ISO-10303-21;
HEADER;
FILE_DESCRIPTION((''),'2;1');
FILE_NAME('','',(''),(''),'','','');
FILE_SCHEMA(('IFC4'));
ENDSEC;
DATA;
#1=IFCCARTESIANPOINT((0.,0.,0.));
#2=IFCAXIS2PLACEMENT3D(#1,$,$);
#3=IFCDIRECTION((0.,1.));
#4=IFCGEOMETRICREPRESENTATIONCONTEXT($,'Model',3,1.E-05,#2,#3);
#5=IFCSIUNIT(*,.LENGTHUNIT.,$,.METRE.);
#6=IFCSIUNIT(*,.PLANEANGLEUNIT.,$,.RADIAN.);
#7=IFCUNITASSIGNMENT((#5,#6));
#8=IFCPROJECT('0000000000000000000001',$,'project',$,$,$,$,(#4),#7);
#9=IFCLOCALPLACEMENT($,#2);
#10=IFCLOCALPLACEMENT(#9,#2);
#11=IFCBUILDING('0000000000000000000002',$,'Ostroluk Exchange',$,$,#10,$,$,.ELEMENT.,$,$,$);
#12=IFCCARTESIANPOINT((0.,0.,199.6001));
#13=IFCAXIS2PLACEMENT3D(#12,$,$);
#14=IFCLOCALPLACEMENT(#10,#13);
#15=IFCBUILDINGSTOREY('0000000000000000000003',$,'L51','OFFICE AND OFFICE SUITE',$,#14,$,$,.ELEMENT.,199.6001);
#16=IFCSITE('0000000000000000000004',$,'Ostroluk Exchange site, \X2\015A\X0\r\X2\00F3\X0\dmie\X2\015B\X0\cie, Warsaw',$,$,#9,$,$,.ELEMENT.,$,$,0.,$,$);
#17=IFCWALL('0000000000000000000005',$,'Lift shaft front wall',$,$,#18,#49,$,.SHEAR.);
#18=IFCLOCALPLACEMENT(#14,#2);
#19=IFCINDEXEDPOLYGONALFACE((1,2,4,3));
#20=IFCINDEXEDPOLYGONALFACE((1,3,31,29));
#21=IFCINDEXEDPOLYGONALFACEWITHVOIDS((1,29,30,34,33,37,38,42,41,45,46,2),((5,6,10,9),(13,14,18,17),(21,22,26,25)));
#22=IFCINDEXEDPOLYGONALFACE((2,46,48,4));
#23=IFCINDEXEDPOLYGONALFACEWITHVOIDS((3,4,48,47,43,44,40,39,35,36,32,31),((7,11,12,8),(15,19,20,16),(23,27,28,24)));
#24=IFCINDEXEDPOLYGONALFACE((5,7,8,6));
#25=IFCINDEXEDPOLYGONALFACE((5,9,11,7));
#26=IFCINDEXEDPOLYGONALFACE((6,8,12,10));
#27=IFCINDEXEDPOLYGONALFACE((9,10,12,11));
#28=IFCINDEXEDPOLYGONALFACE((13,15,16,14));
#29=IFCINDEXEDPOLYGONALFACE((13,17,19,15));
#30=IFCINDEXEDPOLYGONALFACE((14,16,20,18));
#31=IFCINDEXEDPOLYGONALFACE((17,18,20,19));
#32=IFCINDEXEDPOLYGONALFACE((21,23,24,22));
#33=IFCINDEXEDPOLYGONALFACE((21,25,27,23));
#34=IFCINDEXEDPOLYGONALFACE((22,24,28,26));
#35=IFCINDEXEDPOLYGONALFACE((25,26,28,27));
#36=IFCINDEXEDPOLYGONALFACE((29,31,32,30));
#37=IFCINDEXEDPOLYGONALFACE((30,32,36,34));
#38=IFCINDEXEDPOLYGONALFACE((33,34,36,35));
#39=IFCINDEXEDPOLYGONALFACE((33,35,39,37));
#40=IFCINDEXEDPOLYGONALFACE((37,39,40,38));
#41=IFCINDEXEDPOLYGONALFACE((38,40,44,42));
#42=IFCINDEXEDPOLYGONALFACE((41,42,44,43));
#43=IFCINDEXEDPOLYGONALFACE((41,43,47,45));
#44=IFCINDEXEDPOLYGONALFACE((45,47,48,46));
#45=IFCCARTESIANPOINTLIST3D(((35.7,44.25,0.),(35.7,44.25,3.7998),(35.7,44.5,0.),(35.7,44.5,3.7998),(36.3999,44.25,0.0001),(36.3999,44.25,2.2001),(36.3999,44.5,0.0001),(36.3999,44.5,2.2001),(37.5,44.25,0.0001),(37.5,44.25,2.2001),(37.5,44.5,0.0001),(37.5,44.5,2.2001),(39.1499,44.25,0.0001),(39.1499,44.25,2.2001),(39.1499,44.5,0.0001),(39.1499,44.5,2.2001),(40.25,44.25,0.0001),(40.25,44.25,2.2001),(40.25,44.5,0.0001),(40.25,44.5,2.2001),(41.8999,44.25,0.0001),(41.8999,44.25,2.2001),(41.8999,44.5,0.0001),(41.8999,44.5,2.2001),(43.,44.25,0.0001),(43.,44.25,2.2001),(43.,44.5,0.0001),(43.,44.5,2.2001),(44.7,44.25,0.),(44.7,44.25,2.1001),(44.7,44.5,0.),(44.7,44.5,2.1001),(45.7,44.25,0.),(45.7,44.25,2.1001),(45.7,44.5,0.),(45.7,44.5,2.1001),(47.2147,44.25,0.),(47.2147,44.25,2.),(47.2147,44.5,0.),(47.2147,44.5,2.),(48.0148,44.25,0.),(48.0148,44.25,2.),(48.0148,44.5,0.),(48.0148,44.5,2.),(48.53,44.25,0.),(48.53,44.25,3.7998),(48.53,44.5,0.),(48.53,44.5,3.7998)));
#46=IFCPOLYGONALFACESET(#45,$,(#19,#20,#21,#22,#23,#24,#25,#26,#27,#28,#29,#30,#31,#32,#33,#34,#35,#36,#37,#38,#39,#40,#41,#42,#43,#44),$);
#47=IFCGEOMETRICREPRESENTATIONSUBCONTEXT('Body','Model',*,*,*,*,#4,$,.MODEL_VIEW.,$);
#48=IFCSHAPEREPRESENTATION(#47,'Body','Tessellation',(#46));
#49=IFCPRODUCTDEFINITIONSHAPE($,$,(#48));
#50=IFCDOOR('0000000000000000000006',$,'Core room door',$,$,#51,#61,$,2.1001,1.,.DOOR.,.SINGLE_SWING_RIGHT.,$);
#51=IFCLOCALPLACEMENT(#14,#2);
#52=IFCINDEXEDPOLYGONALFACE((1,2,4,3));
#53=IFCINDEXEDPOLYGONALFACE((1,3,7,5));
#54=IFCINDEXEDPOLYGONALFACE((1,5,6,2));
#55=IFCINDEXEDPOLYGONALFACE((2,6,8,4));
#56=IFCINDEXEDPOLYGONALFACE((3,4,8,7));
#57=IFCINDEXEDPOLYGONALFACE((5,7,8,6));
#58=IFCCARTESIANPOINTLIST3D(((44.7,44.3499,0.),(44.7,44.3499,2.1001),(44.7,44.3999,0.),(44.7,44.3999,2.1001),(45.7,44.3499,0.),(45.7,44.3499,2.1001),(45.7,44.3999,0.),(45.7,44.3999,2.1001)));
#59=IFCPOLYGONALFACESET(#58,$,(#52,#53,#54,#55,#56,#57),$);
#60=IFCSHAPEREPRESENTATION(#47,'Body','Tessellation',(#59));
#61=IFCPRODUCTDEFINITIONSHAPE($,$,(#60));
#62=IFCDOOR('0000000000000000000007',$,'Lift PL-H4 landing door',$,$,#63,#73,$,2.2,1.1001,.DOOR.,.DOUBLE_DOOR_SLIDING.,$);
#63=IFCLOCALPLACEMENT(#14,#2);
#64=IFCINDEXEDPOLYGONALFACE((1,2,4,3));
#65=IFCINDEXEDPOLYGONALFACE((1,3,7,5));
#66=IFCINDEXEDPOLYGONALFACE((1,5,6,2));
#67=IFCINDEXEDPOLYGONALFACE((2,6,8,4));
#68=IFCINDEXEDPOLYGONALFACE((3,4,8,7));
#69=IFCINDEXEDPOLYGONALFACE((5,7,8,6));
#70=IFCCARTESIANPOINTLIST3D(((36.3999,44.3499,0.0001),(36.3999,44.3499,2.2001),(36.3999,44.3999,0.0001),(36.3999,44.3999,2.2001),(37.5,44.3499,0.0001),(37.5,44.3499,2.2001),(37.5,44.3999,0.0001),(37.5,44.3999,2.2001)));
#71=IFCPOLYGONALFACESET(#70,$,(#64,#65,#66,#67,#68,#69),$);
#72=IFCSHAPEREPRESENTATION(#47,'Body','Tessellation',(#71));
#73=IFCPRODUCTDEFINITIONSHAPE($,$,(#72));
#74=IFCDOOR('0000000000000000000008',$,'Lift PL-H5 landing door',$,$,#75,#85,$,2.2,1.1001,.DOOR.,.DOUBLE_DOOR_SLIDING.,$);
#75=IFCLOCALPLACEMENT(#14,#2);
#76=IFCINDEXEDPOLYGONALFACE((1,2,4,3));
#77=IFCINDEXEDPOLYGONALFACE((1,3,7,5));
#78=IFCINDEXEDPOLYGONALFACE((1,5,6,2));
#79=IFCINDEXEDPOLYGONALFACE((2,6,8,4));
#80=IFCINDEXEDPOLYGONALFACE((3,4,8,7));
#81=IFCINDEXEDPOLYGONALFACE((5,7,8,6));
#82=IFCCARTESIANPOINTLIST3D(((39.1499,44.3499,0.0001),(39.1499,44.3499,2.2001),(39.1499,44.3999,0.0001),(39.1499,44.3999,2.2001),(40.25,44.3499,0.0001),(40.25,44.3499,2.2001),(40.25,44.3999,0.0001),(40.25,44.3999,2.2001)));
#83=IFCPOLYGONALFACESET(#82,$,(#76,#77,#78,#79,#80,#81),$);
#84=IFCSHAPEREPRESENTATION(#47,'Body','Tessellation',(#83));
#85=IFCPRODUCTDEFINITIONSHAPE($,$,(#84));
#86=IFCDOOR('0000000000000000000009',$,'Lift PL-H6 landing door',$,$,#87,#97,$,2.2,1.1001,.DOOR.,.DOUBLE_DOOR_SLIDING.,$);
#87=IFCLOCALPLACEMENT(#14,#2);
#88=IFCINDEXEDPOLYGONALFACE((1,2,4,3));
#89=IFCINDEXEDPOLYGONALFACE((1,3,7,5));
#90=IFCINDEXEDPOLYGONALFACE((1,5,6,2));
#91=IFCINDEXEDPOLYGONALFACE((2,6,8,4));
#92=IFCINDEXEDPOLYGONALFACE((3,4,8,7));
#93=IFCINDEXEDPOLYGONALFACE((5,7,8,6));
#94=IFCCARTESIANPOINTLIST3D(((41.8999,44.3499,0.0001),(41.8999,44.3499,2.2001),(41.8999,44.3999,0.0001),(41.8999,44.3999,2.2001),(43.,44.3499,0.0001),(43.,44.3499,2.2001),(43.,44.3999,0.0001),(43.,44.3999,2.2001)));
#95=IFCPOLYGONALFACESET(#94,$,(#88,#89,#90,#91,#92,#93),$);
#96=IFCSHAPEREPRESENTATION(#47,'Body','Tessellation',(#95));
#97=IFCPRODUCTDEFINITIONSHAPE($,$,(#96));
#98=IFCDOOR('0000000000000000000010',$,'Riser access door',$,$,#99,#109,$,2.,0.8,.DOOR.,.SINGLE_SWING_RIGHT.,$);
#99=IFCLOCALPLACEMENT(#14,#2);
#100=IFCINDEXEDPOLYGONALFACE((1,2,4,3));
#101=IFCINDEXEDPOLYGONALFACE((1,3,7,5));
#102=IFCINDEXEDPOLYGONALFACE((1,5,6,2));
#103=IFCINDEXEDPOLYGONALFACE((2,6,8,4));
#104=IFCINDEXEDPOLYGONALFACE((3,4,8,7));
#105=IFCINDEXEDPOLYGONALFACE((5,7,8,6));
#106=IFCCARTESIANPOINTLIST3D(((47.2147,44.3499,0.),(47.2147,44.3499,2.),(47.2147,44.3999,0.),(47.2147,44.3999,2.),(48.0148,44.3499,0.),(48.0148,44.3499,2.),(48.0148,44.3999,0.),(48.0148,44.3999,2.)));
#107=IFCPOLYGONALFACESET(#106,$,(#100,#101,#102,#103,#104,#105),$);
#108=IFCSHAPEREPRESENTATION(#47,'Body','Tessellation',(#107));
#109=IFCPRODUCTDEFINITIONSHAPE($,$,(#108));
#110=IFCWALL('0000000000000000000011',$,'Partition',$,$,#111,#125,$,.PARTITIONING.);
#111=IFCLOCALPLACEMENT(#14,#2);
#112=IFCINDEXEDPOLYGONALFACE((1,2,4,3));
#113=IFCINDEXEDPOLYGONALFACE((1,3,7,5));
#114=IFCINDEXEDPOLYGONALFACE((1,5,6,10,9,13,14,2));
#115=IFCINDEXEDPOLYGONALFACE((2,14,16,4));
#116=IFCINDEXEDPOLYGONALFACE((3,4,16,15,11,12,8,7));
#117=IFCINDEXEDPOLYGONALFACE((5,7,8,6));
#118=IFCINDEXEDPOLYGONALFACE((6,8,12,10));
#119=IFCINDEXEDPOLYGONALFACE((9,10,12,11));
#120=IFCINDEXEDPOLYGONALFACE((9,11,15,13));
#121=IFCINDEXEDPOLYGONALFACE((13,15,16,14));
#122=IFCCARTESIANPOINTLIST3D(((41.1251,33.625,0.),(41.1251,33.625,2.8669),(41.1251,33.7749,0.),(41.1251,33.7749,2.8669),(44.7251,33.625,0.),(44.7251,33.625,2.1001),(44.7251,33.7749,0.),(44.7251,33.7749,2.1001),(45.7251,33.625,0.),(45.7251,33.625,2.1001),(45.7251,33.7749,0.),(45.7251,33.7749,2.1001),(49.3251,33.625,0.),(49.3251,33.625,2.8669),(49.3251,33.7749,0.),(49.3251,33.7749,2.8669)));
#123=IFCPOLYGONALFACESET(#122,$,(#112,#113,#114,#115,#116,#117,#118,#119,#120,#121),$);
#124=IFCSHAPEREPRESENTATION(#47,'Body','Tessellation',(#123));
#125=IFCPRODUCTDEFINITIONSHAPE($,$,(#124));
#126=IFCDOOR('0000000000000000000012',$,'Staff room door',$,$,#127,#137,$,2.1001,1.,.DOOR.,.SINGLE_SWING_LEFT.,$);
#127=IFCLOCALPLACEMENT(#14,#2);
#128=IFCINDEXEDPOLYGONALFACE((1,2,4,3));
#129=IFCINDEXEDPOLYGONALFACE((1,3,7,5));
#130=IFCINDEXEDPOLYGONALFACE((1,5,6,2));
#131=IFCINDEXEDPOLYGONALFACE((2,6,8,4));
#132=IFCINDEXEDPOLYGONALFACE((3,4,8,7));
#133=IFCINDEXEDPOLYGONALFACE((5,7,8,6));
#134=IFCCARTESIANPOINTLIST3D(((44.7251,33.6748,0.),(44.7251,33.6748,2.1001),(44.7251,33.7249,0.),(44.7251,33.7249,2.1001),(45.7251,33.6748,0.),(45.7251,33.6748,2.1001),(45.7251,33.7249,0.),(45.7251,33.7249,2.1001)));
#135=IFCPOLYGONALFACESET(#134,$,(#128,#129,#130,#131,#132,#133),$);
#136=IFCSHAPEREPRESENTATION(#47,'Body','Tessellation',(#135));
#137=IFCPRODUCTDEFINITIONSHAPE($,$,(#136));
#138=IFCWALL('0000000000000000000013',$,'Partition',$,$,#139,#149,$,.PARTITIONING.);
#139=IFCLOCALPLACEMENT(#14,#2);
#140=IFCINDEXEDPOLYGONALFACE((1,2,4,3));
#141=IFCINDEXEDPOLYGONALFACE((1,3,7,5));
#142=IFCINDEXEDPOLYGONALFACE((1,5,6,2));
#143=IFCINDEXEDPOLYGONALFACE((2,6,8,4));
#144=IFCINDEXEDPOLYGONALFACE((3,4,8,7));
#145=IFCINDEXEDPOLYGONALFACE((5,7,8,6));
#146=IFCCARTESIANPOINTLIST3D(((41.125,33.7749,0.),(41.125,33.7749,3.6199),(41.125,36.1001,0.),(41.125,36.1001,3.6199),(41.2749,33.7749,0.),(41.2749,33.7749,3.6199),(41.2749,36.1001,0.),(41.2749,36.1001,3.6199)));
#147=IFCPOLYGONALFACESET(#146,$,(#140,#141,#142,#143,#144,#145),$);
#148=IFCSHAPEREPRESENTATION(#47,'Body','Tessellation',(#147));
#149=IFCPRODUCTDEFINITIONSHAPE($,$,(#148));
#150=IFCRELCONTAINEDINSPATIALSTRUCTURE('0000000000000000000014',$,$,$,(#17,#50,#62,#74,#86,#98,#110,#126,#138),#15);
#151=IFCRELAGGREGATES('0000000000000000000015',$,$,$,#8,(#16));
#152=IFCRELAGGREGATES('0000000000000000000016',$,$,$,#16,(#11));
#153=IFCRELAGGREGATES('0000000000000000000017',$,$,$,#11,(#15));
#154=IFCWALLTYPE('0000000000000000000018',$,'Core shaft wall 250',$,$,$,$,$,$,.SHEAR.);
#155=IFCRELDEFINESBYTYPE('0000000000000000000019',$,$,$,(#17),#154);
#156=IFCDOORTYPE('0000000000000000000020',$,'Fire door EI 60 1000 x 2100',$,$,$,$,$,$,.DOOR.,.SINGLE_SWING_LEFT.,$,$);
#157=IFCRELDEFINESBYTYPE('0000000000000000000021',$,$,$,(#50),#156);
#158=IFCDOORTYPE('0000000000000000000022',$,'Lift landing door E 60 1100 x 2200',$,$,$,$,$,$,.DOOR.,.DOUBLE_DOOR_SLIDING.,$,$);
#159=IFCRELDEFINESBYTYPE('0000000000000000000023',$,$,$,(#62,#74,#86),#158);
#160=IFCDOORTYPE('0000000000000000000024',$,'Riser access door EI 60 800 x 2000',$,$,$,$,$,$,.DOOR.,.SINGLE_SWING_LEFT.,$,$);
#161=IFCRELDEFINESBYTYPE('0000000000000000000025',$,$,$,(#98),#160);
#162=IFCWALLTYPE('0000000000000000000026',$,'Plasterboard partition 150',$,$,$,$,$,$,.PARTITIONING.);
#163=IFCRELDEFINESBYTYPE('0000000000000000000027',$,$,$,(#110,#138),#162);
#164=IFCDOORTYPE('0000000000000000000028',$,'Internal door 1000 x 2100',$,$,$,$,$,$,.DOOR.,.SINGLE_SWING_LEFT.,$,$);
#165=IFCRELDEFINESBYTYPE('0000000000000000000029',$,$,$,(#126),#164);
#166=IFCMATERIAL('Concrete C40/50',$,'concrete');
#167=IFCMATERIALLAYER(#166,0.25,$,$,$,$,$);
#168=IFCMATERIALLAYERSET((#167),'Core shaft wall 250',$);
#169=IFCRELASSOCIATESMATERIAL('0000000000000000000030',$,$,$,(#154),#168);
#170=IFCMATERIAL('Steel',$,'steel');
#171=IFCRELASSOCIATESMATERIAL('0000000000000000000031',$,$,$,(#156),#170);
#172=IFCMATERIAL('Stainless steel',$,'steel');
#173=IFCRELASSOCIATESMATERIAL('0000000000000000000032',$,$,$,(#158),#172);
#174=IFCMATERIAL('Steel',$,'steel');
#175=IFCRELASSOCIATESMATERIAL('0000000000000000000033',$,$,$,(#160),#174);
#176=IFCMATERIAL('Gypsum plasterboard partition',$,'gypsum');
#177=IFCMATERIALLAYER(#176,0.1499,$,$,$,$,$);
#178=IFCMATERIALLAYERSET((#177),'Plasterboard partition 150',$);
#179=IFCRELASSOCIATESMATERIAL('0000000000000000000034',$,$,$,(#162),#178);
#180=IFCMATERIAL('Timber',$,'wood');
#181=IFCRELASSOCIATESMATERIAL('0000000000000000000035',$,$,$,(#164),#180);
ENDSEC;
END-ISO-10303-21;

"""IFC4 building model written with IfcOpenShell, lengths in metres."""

from ifc_helpers import new_model, si_unit, direction, frame, frame_2d, origin, place, context, subcontext, project, spatial, rectangle, extrude, material, layer, layer_set, type_object, element, fill, save


model = new_model("IFC4")

# Units and contexts
model_context = context("Model", 3, precision=1e-05, world=origin(), true_north=direction((0.0, 1.0)))
body_context = subcontext(model_context, "Body", "Model", "MODEL_VIEW")
ifc_project = project(units=[si_unit("LENGTHUNIT", "METRE"), si_unit("PLANEANGLEUNIT", "RADIAN")], contexts=[model_context])

# Site, building, storey
site_placement = place(None, origin())
site = spatial("IfcSite", under=ifc_project, at=site_placement, Name="Ostroluk Exchange site, Śródmieście, Warsaw", CompositionType="ELEMENT", RefElevation=0.0)
building_placement = place(site_placement, origin())
building = spatial("IfcBuilding", under=site, at=building_placement, Name="Ostroluk Exchange", CompositionType="ELEMENT")
storey_placement = place(building_placement, frame((0.0, 0.0, 199.6001)))
storey = spatial("IfcBuildingStorey", under=building, at=storey_placement, Name="L51", Description="OFFICE AND OFFICE SUITE", CompositionType="ELEMENT", Elevation=199.6001)

# Shared definitions
ifc_material_1 = material(Name="Concrete C40/50", Category="concrete")
ifc_layer_1 = layer(ifc_material_1, 0.25)
ifc_layer_set_1 = layer_set([ifc_layer_1], Name="Core shaft wall 250")
wall_type_1 = type_object("IfcWallType", Name="Core shaft wall 250", PredefinedType="SHEAR", material=ifc_layer_set_1)

# Wall, openings, doors
wall_1_placement = place(storey_placement, frame((35.7, 44.375, 0.0), z_axis=(0.0, 0.0, 1.0), x_axis=(1.0, 0.0, 0.0)))
wall_1 = element("IfcWall", 1, at=wall_1_placement, inside=storey, type_object=wall_type_1, Name="Lift shaft front wall", PredefinedType="SHEAR", context=body_context, shape_type="SweptSolid", body=[
    extrude(rectangle(XDim=12.8301, YDim=0.25, at=frame_2d((6.415, 0.0))), origin(), (0.0, 0.0, 1.0), 3.7998),
])
opening_1_placement = place(wall_1_placement, frame((0.7, 0.0, 0.0)))
opening_1 = element("IfcOpeningElement", 2, at=opening_1_placement, cuts=wall_1, PredefinedType="OPENING", context=body_context, shape_type="SweptSolid", body=[
    extrude(rectangle(XDim=1.1001, YDim=2.2, at=frame_2d((0.55, 1.1001))), frame((0.0, 0.135, 0.0), z_axis=(0.0, -1.0, 0.0), x_axis=(1.0, 0.0, 0.0)), (0.0, 0.0, 1.0), 0.27),
])
opening_2_placement = place(wall_1_placement, frame((3.45, 0.0, 0.0)))
opening_2 = element("IfcOpeningElement", 3, at=opening_2_placement, cuts=wall_1, PredefinedType="OPENING", context=body_context, shape_type="SweptSolid", body=[
    extrude(rectangle(XDim=1.1001, YDim=2.2, at=frame_2d((0.55, 1.1001))), frame((0.0, 0.135, 0.0), z_axis=(0.0, -1.0, 0.0), x_axis=(1.0, 0.0, 0.0)), (0.0, 0.0, 1.0), 0.27),
])
opening_3_placement = place(wall_1_placement, frame((6.2, 0.0, 0.0)))
opening_3 = element("IfcOpeningElement", 4, at=opening_3_placement, cuts=wall_1, PredefinedType="OPENING", context=body_context, shape_type="SweptSolid", body=[
    extrude(rectangle(XDim=1.1001, YDim=2.2, at=frame_2d((0.55, 1.1001))), frame((0.0, 0.135, 0.0), z_axis=(0.0, -1.0, 0.0), x_axis=(1.0, 0.0, 0.0)), (0.0, 0.0, 1.0), 0.27),
])
opening_4_placement = place(wall_1_placement, frame((9.0, 0.0, 0.0)))
opening_4 = element("IfcOpeningElement", 5, at=opening_4_placement, cuts=wall_1, PredefinedType="OPENING", context=body_context, shape_type="SweptSolid", body=[
    extrude(rectangle(XDim=1.0, YDim=2.1001, at=frame_2d((0.5, 1.05))), frame((0.0, 0.135, 0.0), z_axis=(0.0, -1.0, 0.0), x_axis=(1.0, 0.0, 0.0)), (0.0, 0.0, 1.0), 0.27),
])
opening_5_placement = place(wall_1_placement, frame((11.5149, 0.0, 0.0)))
opening_5 = element("IfcOpeningElement", 6, at=opening_5_placement, cuts=wall_1, PredefinedType="OPENING", context=body_context, shape_type="SweptSolid", body=[
    extrude(rectangle(XDim=0.8, YDim=2.0, at=frame_2d((0.3999, 1.0))), frame((0.0, 0.135, 0.0), z_axis=(0.0, -1.0, 0.0), x_axis=(1.0, 0.0, 0.0)), (0.0, 0.0, 1.0), 0.27),
])
ifc_material_2 = material(Name="Steel", Category="steel")
door_type_1 = type_object("IfcDoorType", Name="Fire door EI 60 1000 x 2100", OperationType="SINGLE_SWING_LEFT", PredefinedType="DOOR", material=ifc_material_2)
door_1_placement = place(opening_4_placement, origin())
door_1 = element("IfcDoor", 7, at=door_1_placement, inside=storey, type_object=door_type_1, Name="Core room door", OperationType="SINGLE_SWING_RIGHT", OverallHeight=2.1001, OverallWidth=1.0, PredefinedType="DOOR", context=body_context, shape_type="SweptSolid", body=[
    extrude(rectangle(XDim=1.0, YDim=2.1001, at=frame_2d((0.5, 1.05))), frame((0.0, 0.0249, 0.0), z_axis=(0.0, -1.0, 0.0), x_axis=(1.0, 0.0, 0.0)), (0.0, 0.0, 1.0), 0.05),
])
fill(opening_4, door_1)
ifc_material_3 = material(Name="Stainless steel", Category="steel")
door_type_2 = type_object("IfcDoorType", Name="Lift landing door E 60 1100 x 2200", OperationType="DOUBLE_DOOR_SLIDING", PredefinedType="DOOR", material=ifc_material_3)
door_2_placement = place(opening_1_placement, origin())
door_2 = element("IfcDoor", 8, at=door_2_placement, inside=storey, type_object=door_type_2, Name="Lift PL-H4 landing door", OperationType="DOUBLE_DOOR_SLIDING", OverallHeight=2.2, OverallWidth=1.1001, PredefinedType="DOOR", context=body_context, shape_type="SweptSolid", body=[
    extrude(rectangle(XDim=1.1001, YDim=2.2, at=frame_2d((0.55, 1.1001))), frame((0.0, 0.0249, 0.0), z_axis=(0.0, -1.0, 0.0), x_axis=(1.0, 0.0, 0.0)), (0.0, 0.0, 1.0), 0.05),
])
fill(opening_1, door_2)
door_3_placement = place(opening_2_placement, origin())
door_3 = element("IfcDoor", 9, at=door_3_placement, inside=storey, type_object=door_type_2, Name="Lift PL-H5 landing door", OperationType="DOUBLE_DOOR_SLIDING", OverallHeight=2.2, OverallWidth=1.1001, PredefinedType="DOOR", context=body_context, shape_type="SweptSolid", body=[
    extrude(rectangle(XDim=1.1001, YDim=2.2, at=frame_2d((0.55, 1.1001))), frame((0.0, 0.0249, 0.0), z_axis=(0.0, -1.0, 0.0), x_axis=(1.0, 0.0, 0.0)), (0.0, 0.0, 1.0), 0.05),
])
fill(opening_2, door_3)
door_4_placement = place(opening_3_placement, origin())
door_4 = element("IfcDoor", 10, at=door_4_placement, inside=storey, type_object=door_type_2, Name="Lift PL-H6 landing door", OperationType="DOUBLE_DOOR_SLIDING", OverallHeight=2.2, OverallWidth=1.1001, PredefinedType="DOOR", context=body_context, shape_type="SweptSolid", body=[
    extrude(rectangle(XDim=1.1001, YDim=2.2, at=frame_2d((0.55, 1.1001))), frame((0.0, 0.0249, 0.0), z_axis=(0.0, -1.0, 0.0), x_axis=(1.0, 0.0, 0.0)), (0.0, 0.0, 1.0), 0.05),
])
fill(opening_3, door_4)
ifc_material_4 = material(Name="Steel", Category="steel")
door_type_3 = type_object("IfcDoorType", Name="Riser access door EI 60 800 x 2000", OperationType="SINGLE_SWING_LEFT", PredefinedType="DOOR", material=ifc_material_4)
door_5_placement = place(opening_5_placement, origin())
door_5 = element("IfcDoor", 11, at=door_5_placement, inside=storey, type_object=door_type_3, Name="Riser access door", OperationType="SINGLE_SWING_RIGHT", OverallHeight=2.0, OverallWidth=0.8, PredefinedType="DOOR", context=body_context, shape_type="SweptSolid", body=[
    extrude(rectangle(XDim=0.8, YDim=2.0, at=frame_2d((0.3999, 1.0))), frame((0.0, 0.0249, 0.0), z_axis=(0.0, -1.0, 0.0), x_axis=(1.0, 0.0, 0.0)), (0.0, 0.0, 1.0), 0.05),
])
fill(opening_5, door_5)

# Wall, opening, door
ifc_material_5 = material(Name="Gypsum plasterboard partition", Category="gypsum")
ifc_layer_2 = layer(ifc_material_5, 0.1499)
ifc_layer_set_2 = layer_set([ifc_layer_2], Name="Plasterboard partition 150")
wall_type_2 = type_object("IfcWallType", Name="Plasterboard partition 150", PredefinedType="PARTITIONING", material=ifc_layer_set_2)
wall_2_placement = place(storey_placement, frame((41.125, 33.7, 0.0), z_axis=(0.0, 0.0, 1.0), x_axis=(1.0, 0.0, 0.0)))
wall_2 = element("IfcWall", 12, at=wall_2_placement, inside=storey, type_object=wall_type_2, Name="Partition", PredefinedType="PARTITIONING", context=body_context, shape_type="SweptSolid", body=[
    extrude(rectangle(XDim=8.2, YDim=0.1499, at=frame_2d((4.1001, 0.0))), origin(), (0.0, 0.0, 1.0), 2.8669),
])
opening_6_placement = place(wall_2_placement, frame((3.6001, 0.0, 0.0)))
opening_6 = element("IfcOpeningElement", 13, at=opening_6_placement, cuts=wall_2, PredefinedType="OPENING", context=body_context, shape_type="SweptSolid", body=[
    extrude(rectangle(XDim=1.0, YDim=2.1001, at=frame_2d((0.5, 1.05))), frame((0.0, 0.085, 0.0), z_axis=(0.0, -1.0, 0.0), x_axis=(1.0, 0.0, 0.0)), (0.0, 0.0, 1.0), 0.1699),
])
ifc_material_6 = material(Name="Timber", Category="wood")
door_type_4 = type_object("IfcDoorType", Name="Internal door 1000 x 2100", OperationType="SINGLE_SWING_LEFT", PredefinedType="DOOR", material=ifc_material_6)
door_6_placement = place(opening_6_placement, origin())
door_6 = element("IfcDoor", 14, at=door_6_placement, inside=storey, type_object=door_type_4, Name="Staff room door", OperationType="SINGLE_SWING_LEFT", OverallHeight=2.1001, OverallWidth=1.0, PredefinedType="DOOR", context=body_context, shape_type="SweptSolid", body=[
    extrude(rectangle(XDim=1.0, YDim=2.1001, at=frame_2d((0.5, 1.05))), frame((0.0, 0.0249, 0.0), z_axis=(0.0, -1.0, 0.0), x_axis=(1.0, 0.0, 0.0)), (0.0, 0.0, 1.0), 0.05),
])
fill(opening_6, door_6)

# Wall
wall_3_placement = place(storey_placement, frame((41.2, 36.1001, 0.0), z_axis=(0.0, 0.0, 1.0), x_axis=(0.0, -1.0, 0.0)))
element("IfcWall", 15, at=wall_3_placement, inside=storey, type_object=wall_type_2, Name="Partition", PredefinedType="PARTITIONING", context=body_context, shape_type="SweptSolid", body=[
    extrude(rectangle(XDim=2.3252, YDim=0.1499, at=frame_2d((1.1626, 0.0))), origin(), (0.0, 0.0, 1.0), 3.6199),
])

save(model, "model.ifc")
